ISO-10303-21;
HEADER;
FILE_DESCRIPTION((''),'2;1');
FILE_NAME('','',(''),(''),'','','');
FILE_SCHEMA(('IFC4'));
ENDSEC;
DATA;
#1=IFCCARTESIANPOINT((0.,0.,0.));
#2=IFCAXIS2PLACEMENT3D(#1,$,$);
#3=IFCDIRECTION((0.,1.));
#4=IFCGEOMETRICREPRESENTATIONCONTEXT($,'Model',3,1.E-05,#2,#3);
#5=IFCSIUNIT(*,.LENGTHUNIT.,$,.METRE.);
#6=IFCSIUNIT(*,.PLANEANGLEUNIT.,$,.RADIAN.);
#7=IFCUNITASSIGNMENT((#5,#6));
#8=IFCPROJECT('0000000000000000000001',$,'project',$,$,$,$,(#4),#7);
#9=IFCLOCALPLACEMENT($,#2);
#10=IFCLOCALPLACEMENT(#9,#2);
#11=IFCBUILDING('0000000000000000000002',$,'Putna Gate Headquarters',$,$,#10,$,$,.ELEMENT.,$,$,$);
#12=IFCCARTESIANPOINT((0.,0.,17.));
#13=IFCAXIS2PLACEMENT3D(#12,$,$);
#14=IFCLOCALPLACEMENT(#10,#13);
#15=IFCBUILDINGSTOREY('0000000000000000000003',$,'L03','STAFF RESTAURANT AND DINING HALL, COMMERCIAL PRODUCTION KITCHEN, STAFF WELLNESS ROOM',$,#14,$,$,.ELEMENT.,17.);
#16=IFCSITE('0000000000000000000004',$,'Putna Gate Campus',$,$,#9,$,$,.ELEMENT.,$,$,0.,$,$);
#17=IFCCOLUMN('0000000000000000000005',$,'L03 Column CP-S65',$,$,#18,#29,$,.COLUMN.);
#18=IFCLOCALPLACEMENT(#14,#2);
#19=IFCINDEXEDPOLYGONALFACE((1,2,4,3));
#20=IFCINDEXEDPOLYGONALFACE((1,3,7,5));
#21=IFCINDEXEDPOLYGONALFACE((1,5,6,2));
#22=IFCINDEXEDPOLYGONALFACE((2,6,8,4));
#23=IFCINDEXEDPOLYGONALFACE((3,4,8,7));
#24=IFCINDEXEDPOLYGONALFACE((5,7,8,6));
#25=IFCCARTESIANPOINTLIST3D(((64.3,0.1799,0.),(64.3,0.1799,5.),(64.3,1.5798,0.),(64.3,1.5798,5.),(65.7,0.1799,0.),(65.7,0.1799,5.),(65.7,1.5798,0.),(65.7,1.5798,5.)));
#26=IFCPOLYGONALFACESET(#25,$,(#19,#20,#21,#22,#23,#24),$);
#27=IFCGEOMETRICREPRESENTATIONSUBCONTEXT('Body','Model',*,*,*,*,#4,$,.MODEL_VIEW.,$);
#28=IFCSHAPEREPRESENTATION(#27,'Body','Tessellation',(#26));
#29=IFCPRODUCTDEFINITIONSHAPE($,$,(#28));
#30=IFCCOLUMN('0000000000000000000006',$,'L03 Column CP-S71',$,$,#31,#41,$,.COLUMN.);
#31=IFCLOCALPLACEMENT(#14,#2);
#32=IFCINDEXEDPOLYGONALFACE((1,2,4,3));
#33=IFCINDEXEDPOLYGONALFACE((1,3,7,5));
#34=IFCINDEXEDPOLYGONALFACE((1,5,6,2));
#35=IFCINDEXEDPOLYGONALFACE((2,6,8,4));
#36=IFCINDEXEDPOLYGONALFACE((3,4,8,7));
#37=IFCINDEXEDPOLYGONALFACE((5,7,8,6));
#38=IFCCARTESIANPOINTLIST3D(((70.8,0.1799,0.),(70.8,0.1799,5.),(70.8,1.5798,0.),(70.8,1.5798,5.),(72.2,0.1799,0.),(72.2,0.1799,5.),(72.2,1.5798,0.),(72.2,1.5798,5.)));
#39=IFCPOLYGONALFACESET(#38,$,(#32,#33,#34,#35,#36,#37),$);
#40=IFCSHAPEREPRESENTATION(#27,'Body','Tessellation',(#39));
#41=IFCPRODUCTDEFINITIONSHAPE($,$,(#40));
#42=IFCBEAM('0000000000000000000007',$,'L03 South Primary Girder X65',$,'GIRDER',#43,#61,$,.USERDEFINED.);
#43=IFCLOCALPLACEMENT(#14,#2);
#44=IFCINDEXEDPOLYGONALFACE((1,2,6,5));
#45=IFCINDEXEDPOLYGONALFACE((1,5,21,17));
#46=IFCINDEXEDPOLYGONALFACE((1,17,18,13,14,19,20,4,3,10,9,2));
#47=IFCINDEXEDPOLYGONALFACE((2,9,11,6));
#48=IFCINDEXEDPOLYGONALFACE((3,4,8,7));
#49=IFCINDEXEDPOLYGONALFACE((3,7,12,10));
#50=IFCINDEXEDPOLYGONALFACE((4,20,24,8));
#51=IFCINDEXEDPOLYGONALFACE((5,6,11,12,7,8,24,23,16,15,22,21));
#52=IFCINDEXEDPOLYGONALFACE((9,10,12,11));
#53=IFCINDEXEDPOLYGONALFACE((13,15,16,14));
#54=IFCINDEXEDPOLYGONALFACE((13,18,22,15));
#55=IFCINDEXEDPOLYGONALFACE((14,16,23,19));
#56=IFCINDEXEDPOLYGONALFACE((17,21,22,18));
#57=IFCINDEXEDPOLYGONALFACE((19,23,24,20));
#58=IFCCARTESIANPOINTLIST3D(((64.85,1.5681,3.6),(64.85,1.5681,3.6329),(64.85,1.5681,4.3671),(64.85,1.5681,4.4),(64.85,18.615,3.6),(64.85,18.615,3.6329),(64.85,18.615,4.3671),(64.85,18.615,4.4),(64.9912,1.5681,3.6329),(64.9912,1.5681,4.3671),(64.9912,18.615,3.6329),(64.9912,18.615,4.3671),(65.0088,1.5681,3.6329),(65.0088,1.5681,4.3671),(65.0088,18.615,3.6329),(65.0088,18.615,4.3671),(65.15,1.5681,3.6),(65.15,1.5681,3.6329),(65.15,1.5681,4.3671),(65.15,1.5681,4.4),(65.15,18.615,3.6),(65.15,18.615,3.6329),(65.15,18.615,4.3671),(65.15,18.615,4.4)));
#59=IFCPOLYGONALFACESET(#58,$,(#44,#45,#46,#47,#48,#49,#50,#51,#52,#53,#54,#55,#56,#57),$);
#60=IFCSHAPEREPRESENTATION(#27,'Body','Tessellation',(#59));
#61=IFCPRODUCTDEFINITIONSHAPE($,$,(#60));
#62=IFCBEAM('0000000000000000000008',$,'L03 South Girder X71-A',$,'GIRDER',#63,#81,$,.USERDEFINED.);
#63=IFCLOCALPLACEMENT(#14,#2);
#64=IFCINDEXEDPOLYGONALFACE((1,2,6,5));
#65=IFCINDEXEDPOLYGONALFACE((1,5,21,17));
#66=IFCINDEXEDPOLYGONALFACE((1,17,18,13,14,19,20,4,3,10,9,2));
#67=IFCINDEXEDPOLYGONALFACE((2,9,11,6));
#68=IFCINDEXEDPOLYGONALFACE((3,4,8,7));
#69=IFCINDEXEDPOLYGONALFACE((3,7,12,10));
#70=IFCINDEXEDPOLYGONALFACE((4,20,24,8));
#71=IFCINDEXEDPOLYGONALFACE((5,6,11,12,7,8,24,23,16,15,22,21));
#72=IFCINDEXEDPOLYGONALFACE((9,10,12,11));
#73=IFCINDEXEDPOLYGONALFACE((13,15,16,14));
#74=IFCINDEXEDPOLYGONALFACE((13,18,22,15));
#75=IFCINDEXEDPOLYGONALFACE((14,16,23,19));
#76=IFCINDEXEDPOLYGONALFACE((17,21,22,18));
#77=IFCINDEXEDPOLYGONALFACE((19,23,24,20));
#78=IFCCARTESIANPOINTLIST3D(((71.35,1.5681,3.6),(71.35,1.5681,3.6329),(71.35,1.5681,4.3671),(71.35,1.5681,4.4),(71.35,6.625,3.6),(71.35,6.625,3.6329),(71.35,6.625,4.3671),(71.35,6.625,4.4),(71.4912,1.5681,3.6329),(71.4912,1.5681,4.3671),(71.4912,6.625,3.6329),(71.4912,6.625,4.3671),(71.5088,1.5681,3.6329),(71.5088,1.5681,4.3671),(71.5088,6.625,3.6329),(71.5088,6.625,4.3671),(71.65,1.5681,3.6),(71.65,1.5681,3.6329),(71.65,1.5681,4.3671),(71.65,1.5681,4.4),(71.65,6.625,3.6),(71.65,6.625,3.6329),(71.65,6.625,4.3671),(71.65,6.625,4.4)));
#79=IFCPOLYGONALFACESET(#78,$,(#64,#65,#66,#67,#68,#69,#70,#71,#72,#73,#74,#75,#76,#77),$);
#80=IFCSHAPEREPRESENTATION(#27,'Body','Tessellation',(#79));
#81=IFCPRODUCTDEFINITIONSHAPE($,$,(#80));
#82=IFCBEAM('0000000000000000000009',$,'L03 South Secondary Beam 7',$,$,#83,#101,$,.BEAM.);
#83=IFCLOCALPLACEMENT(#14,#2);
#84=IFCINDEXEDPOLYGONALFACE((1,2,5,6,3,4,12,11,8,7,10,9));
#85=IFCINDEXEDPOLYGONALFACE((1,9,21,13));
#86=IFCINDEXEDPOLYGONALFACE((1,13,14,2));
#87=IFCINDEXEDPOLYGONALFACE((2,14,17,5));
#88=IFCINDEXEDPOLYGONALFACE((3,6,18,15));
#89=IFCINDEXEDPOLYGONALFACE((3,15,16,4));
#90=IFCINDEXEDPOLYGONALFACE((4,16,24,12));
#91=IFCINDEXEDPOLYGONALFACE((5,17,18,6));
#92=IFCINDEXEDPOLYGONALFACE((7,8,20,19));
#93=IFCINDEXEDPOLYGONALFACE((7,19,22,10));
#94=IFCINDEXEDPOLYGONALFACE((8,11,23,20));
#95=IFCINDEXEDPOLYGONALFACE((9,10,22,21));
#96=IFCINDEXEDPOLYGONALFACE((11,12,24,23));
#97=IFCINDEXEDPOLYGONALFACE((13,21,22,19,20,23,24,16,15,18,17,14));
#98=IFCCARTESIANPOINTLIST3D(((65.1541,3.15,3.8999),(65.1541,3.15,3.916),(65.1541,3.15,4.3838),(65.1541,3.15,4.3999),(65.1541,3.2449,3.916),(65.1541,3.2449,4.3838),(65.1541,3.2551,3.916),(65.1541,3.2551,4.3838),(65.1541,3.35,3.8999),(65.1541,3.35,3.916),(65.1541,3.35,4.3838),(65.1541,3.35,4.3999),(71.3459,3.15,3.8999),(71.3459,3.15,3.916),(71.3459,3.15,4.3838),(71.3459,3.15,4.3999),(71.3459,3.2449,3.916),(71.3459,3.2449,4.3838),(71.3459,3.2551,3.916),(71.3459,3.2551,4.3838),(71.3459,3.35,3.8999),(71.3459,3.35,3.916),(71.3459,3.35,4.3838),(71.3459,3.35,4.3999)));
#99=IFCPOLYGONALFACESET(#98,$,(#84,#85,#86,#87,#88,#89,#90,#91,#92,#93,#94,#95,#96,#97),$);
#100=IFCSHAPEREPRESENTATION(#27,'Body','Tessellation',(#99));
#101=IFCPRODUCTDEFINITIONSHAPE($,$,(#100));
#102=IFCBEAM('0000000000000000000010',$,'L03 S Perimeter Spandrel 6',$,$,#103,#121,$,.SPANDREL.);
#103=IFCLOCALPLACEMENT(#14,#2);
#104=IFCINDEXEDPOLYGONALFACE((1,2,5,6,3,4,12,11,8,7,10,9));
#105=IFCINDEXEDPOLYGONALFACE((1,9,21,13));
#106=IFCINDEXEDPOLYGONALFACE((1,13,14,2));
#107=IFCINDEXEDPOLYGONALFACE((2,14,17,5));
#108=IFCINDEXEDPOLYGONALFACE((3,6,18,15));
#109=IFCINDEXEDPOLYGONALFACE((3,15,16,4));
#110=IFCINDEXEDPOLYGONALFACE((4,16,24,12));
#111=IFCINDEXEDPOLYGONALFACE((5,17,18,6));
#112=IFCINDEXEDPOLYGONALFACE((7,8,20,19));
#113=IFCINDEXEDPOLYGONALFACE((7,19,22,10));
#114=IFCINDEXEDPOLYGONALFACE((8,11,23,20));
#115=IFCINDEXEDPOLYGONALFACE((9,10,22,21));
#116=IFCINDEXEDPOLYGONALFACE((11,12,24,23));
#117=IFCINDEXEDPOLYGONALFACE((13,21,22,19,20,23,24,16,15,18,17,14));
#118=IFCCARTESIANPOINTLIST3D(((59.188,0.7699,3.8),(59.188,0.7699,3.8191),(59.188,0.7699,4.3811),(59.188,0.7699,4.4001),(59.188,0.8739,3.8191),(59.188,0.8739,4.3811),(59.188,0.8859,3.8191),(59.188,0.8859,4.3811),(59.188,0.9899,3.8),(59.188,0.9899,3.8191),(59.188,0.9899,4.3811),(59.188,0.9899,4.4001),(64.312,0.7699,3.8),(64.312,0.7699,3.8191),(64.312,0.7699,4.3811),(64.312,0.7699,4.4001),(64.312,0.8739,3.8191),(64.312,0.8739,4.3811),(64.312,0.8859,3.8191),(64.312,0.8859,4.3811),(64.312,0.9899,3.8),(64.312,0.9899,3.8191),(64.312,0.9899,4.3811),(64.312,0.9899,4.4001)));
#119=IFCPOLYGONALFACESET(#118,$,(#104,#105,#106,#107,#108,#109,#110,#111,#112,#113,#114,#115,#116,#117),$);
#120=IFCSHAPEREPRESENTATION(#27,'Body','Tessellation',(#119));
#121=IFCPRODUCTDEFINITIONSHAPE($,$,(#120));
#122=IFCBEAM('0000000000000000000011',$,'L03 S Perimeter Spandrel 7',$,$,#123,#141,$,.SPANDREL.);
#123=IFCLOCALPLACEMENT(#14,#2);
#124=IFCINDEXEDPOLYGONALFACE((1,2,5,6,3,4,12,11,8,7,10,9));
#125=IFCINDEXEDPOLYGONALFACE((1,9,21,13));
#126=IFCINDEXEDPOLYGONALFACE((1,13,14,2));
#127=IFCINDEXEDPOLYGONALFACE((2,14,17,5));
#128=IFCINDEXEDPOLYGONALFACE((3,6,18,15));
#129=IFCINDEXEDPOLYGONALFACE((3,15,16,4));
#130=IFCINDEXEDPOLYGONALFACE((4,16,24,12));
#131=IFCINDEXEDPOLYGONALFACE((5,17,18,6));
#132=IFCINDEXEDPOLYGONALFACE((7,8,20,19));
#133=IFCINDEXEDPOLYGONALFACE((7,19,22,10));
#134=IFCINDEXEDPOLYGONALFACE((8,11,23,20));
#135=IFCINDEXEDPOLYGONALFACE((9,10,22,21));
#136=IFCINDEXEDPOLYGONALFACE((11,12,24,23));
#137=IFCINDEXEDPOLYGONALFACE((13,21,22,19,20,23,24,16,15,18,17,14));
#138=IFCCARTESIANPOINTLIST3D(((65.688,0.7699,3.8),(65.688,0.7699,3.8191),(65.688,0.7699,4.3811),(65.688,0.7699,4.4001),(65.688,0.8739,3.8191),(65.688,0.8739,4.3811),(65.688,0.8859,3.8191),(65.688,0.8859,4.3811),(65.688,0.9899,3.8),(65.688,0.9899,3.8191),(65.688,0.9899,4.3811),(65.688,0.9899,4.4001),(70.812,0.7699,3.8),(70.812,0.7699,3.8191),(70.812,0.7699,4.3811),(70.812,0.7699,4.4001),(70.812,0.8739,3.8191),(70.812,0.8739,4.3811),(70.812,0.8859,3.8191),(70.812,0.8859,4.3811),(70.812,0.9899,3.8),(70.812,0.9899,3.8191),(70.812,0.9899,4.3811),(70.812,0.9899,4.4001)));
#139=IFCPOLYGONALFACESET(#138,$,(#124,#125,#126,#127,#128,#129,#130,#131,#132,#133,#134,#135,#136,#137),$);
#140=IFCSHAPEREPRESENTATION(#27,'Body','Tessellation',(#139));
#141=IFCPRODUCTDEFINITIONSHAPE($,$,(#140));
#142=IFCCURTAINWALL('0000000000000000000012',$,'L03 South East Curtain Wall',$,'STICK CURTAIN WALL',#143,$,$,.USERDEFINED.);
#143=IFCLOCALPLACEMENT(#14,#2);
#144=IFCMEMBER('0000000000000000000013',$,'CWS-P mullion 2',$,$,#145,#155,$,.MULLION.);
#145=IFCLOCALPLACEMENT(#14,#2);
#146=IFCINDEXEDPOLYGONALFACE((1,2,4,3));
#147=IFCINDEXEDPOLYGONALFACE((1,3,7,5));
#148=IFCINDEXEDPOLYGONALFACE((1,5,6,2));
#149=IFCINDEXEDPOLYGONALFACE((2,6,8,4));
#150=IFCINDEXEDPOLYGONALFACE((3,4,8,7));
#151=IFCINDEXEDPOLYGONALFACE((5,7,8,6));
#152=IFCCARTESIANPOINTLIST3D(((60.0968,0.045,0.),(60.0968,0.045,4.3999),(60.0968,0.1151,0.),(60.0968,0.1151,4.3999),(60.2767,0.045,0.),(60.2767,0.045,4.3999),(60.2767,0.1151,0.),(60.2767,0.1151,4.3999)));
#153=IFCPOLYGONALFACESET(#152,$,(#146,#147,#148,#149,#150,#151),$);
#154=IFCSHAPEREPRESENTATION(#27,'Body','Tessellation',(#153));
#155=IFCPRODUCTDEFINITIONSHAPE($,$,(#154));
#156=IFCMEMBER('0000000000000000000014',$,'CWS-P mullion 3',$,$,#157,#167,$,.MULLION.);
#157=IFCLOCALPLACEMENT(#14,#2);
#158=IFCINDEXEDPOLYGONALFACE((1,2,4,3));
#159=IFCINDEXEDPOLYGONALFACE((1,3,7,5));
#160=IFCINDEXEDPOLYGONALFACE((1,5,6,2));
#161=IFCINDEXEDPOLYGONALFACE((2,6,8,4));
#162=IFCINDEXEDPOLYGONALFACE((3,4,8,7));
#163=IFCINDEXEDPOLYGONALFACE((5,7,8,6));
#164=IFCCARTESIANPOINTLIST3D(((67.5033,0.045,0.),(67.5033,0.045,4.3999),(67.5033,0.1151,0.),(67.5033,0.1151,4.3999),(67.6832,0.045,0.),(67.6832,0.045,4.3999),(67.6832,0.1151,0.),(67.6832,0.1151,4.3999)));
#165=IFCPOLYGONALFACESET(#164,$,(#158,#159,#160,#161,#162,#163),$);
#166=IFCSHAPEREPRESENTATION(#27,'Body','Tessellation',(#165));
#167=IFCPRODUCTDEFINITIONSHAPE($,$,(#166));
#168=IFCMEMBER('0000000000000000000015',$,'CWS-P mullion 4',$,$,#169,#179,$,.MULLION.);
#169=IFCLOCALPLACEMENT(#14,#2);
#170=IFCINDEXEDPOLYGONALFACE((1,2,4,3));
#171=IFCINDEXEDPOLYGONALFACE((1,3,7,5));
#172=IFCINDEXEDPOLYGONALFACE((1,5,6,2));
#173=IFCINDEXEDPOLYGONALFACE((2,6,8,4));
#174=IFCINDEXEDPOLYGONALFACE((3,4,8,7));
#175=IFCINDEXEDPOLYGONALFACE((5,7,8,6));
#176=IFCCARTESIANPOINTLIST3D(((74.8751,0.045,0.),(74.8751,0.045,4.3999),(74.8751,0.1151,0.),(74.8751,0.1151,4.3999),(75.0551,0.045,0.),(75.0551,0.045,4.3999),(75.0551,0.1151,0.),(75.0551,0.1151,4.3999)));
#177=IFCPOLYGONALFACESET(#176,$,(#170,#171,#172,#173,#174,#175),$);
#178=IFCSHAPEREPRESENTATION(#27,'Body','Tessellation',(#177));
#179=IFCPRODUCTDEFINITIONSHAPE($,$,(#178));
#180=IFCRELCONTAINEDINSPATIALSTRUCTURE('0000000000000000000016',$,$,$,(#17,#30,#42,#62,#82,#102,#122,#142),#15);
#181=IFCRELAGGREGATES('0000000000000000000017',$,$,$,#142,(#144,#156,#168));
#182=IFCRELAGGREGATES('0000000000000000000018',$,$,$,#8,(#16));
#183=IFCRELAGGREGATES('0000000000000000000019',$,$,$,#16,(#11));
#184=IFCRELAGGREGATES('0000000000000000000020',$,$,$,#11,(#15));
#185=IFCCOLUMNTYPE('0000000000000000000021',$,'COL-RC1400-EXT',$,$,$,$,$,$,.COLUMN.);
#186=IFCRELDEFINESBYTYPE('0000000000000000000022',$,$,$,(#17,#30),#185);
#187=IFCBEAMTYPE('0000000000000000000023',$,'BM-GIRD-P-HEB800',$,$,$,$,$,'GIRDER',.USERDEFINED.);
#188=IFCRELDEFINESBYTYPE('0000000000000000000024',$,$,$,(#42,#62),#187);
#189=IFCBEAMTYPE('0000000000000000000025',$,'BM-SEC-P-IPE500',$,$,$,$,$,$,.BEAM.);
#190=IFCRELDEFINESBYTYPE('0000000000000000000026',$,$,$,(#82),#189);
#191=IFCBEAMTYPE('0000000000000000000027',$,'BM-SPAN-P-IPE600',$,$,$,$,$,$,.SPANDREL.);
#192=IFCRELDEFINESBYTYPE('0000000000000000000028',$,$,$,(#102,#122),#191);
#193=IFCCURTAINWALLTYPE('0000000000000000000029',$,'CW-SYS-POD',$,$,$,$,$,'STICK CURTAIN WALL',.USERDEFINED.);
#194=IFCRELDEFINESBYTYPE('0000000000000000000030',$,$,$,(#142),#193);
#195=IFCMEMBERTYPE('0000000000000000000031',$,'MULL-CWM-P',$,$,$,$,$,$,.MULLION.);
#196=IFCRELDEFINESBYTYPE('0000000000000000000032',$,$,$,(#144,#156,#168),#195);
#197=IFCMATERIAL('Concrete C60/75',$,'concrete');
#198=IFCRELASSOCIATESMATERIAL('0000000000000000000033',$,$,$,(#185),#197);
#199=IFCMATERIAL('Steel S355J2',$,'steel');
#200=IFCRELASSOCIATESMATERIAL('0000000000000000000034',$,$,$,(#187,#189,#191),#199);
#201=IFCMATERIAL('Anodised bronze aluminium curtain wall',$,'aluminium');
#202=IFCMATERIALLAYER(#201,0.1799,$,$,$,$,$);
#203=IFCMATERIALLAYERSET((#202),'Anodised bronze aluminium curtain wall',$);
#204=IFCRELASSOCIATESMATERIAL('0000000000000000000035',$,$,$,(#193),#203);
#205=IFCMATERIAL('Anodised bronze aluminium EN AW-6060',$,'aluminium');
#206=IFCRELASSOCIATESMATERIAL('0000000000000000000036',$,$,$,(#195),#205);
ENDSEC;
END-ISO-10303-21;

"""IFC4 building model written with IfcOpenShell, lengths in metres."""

from ifc_helpers import new_model, si_unit, direction, frame, origin, origin_2d, place, context, subcontext, project, spatial, rectangle, i_section, extrude, material, layer, layer_set, material_profile, profile_set, type_object, element, aggregate, save


model = new_model("IFC4")

# Units and contexts
model_context = context("Model", 3, precision=1e-05, world=origin(), true_north=direction((0.0, 1.0)))
body_context = subcontext(model_context, "Body", "Model", "MODEL_VIEW")
ifc_project = project(units=[si_unit("LENGTHUNIT", "METRE"), si_unit("PLANEANGLEUNIT", "RADIAN")], contexts=[model_context])

# Site, building, storey
site_placement = place(None, origin())
site = spatial("IfcSite", under=ifc_project, at=site_placement, Name="Putna Gate Campus", CompositionType="ELEMENT", RefElevation=0.0)
building_placement = place(site_placement, origin())
building = spatial("IfcBuilding", under=site, at=building_placement, Name="Putna Gate Headquarters", CompositionType="ELEMENT")
storey_placement = place(building_placement, frame((0.0, 0.0, 17.0)))
storey = spatial("IfcBuildingStorey", under=building, at=storey_placement, Name="L03", Description="STAFF RESTAURANT AND DINING HALL, COMMERCIAL PRODUCTION KITCHEN, STAFF WELLNESS ROOM", CompositionType="ELEMENT", Elevation=17.0)

# Columns
ifc_material_1 = material(Name="Concrete C60/75", Category="concrete")
ifc_material_profile_1 = material_profile(ifc_material_1, rectangle(XDim=1.3999, YDim=1.3999, at=origin_2d()), Name="Concrete C60/75")
ifc_profile_set_1 = profile_set([ifc_material_profile_1], Name="Concrete C60/75")
column_type = type_object("IfcColumnType", Name="COL-RC1400-EXT", PredefinedType="COLUMN", material=ifc_profile_set_1)
for number, where, z_axis, x_axis, name in (
    (1, (65.0, 0.8799, 0.0), (0.0, 0.0, 1.0), (1.0, 0.0, 0.0), "L03 Column CP-S65"),
    (2, (71.5, 0.8799, 0.0), (0.0, 0.0, 1.0), (1.0, 0.0, 0.0), "L03 Column CP-S71"),
):
    element("IfcColumn", number, at=place(storey_placement, frame(where, z_axis=z_axis, x_axis=x_axis)), inside=storey, type_object=column_type, Name=name, PredefinedType="COLUMN", context=body_context, shape_type="SweptSolid", body=[
        extrude(rectangle(XDim=1.3999, YDim=1.3999, at=origin_2d()), origin(), (0.0, 0.0, 1.0), 5.0),
    ])

# Beams
ifc_material_2 = material(Name="Steel S355J2", Category="steel")
ifc_material_profile_2 = material_profile(ifc_material_2, i_section(OverallWidth=0.3, OverallDepth=0.8, WebThickness=0.0176, FlangeThickness=0.033, at=origin_2d()), Name="Steel S355J2")
ifc_profile_set_2 = profile_set([ifc_material_profile_2], Name="Steel S355J2")
beam_type_1 = type_object("IfcBeamType", Name="BM-GIRD-P-HEB800", ElementType="GIRDER", PredefinedType="USERDEFINED", material=ifc_profile_set_2)
beam_1_placement = place(storey_placement, frame((65.0, 1.5681, 4.0), z_axis=(0.0, 1.0, 0.0), x_axis=(-1.0, 0.0, 0.0)))
element("IfcBeam", 3, at=beam_1_placement, inside=storey, type_object=beam_type_1, Name="L03 South Primary Girder X65", ObjectType="GIRDER", PredefinedType="USERDEFINED", context=body_context, shape_type="SweptSolid", body=[
    extrude(i_section(OverallWidth=0.3, OverallDepth=0.8, WebThickness=0.0176, FlangeThickness=0.033, at=origin_2d()), origin(), (0.0, 0.0, 1.0), 17.0469),
])
beam_2_placement = place(storey_placement, frame((71.5, 1.5681, 4.0), z_axis=(0.0, 1.0, 0.0), x_axis=(-1.0, 0.0, 0.0)))
element("IfcBeam", 4, at=beam_2_placement, inside=storey, type_object=beam_type_1, Name="L03 South Girder X71-A", ObjectType="GIRDER", PredefinedType="USERDEFINED", context=body_context, shape_type="SweptSolid", body=[
    extrude(i_section(OverallWidth=0.3, OverallDepth=0.8, WebThickness=0.0176, FlangeThickness=0.033, at=origin_2d()), origin(), (0.0, 0.0, 1.0), 5.0569),
])
ifc_material_profile_3 = material_profile(ifc_material_2, i_section(OverallWidth=0.2, OverallDepth=0.5, WebThickness=0.0103, FlangeThickness=0.0161, at=origin_2d()), Name="Steel S355J2")
ifc_profile_set_3 = profile_set([ifc_material_profile_3], Name="Steel S355J2")
beam_type_2 = type_object("IfcBeamType", Name="BM-SEC-P-IPE500", PredefinedType="BEAM", material=ifc_profile_set_3)
beam_3_placement = place(storey_placement, frame((65.1541, 3.25, 4.1499), z_axis=(1.0, 0.0, 0.0), x_axis=(0.0, 1.0, 0.0)))
element("IfcBeam", 5, at=beam_3_placement, inside=storey, type_object=beam_type_2, Name="L03 South Secondary Beam 7", PredefinedType="BEAM", context=body_context, shape_type="SweptSolid", body=[
    extrude(i_section(OverallWidth=0.2, OverallDepth=0.5, WebThickness=0.0103, FlangeThickness=0.0161, at=origin_2d()), origin(), (0.0, 0.0, 1.0), 6.1919),
])
ifc_material_profile_4 = material_profile(ifc_material_2, i_section(OverallWidth=0.22, OverallDepth=0.6001, WebThickness=0.012, FlangeThickness=0.019, at=origin_2d()), Name="Steel S355J2")
ifc_profile_set_4 = profile_set([ifc_material_profile_4], Name="Steel S355J2")
beam_type_3 = type_object("IfcBeamType", Name="BM-SPAN-P-IPE600", PredefinedType="SPANDREL", material=ifc_profile_set_4)
for number, where, z_axis, x_axis, name in (
    (6, (59.188, 0.8799, 4.1001), (1.0, 0.0, 0.0), (0.0, 1.0, 0.0), "L03 S Perimeter Spandrel 6"),
    (7, (65.688, 0.8799, 4.1001), (1.0, 0.0, 0.0), (0.0, 1.0, 0.0), "L03 S Perimeter Spandrel 7"),
):
    element("IfcBeam", number, at=place(storey_placement, frame(where, z_axis=z_axis, x_axis=x_axis)), inside=storey, type_object=beam_type_3, Name=name, PredefinedType="SPANDREL", context=body_context, shape_type="SweptSolid", body=[
        extrude(i_section(OverallWidth=0.22, OverallDepth=0.6001, WebThickness=0.012, FlangeThickness=0.019, at=origin_2d()), origin(), (0.0, 0.0, 1.0), 5.124),
    ])

# Curtain wall, members
ifc_material_3 = material(Name="Anodised bronze aluminium curtain wall", Category="aluminium")
ifc_layer_1 = layer(ifc_material_3, 0.1799)
ifc_layer_set_1 = layer_set([ifc_layer_1], Name="Anodised bronze aluminium curtain wall")
curtain_wall_type = type_object("IfcCurtainWallType", Name="CW-SYS-POD", ElementType="STICK CURTAIN WALL", PredefinedType="USERDEFINED", material=ifc_layer_set_1)
curtain_wall_placement = place(storey_placement, origin())
curtain_wall = element("IfcCurtainWall", 8, at=curtain_wall_placement, inside=storey, type_object=curtain_wall_type, Name="L03 South East Curtain Wall", ObjectType="STICK CURTAIN WALL", PredefinedType="USERDEFINED")
ifc_material_4 = material(Name="Anodised bronze aluminium EN AW-6060", Category="aluminium")
ifc_material_profile_5 = material_profile(ifc_material_4, rectangle(XDim=0.0701, YDim=0.1799, at=origin_2d()), Name="Anodised bronze aluminium EN AW-6060")
ifc_profile_set_5 = profile_set([ifc_material_profile_5], Name="Anodised bronze aluminium EN AW-6060")
member_type_1 = type_object("IfcMemberType", Name="MULL-CWM-P", PredefinedType="MULLION", material=ifc_profile_set_5)
member_1_placement = place(storey_placement, frame((60.1868, 0.0801, 0.0), z_axis=(0.0, 0.0, 1.0), x_axis=(0.0, 1.0, 0.0)))
member_1 = element("IfcMember", 9, at=member_1_placement, type_object=member_type_1, Name="CWS-P mullion 2", PredefinedType="MULLION", context=body_context, shape_type="SweptSolid", body=[
    extrude(rectangle(XDim=0.0701, YDim=0.1799, at=origin_2d()), origin(), (0.0, 0.0, 1.0), 4.3999),
])
member_2_placement = place(storey_placement, frame((67.5933, 0.0801, 0.0), z_axis=(0.0, 0.0, 1.0), x_axis=(0.0, 1.0, 0.0)))
member_2 = element("IfcMember", 10, at=member_2_placement, type_object=member_type_1, Name="CWS-P mullion 3", PredefinedType="MULLION", context=body_context, shape_type="SweptSolid", body=[
    extrude(rectangle(XDim=0.0701, YDim=0.1799, at=origin_2d()), origin(), (0.0, 0.0, 1.0), 4.3999),
])
member_3_placement = place(storey_placement, frame((74.9651, 0.0801, 0.0), z_axis=(0.0, 0.0, 1.0), x_axis=(0.0, 1.0, 0.0)))
member_3 = element("IfcMember", 11, at=member_3_placement, type_object=member_type_1, Name="CWS-P mullion 4", PredefinedType="MULLION", context=body_context, shape_type="SweptSolid", body=[
    extrude(rectangle(XDim=0.0701, YDim=0.1799, at=origin_2d()), origin(), (0.0, 0.0, 1.0), 4.3999),
])
aggregate(curtain_wall, [member_1, member_2, member_3])

save(model, "model.ifc")
